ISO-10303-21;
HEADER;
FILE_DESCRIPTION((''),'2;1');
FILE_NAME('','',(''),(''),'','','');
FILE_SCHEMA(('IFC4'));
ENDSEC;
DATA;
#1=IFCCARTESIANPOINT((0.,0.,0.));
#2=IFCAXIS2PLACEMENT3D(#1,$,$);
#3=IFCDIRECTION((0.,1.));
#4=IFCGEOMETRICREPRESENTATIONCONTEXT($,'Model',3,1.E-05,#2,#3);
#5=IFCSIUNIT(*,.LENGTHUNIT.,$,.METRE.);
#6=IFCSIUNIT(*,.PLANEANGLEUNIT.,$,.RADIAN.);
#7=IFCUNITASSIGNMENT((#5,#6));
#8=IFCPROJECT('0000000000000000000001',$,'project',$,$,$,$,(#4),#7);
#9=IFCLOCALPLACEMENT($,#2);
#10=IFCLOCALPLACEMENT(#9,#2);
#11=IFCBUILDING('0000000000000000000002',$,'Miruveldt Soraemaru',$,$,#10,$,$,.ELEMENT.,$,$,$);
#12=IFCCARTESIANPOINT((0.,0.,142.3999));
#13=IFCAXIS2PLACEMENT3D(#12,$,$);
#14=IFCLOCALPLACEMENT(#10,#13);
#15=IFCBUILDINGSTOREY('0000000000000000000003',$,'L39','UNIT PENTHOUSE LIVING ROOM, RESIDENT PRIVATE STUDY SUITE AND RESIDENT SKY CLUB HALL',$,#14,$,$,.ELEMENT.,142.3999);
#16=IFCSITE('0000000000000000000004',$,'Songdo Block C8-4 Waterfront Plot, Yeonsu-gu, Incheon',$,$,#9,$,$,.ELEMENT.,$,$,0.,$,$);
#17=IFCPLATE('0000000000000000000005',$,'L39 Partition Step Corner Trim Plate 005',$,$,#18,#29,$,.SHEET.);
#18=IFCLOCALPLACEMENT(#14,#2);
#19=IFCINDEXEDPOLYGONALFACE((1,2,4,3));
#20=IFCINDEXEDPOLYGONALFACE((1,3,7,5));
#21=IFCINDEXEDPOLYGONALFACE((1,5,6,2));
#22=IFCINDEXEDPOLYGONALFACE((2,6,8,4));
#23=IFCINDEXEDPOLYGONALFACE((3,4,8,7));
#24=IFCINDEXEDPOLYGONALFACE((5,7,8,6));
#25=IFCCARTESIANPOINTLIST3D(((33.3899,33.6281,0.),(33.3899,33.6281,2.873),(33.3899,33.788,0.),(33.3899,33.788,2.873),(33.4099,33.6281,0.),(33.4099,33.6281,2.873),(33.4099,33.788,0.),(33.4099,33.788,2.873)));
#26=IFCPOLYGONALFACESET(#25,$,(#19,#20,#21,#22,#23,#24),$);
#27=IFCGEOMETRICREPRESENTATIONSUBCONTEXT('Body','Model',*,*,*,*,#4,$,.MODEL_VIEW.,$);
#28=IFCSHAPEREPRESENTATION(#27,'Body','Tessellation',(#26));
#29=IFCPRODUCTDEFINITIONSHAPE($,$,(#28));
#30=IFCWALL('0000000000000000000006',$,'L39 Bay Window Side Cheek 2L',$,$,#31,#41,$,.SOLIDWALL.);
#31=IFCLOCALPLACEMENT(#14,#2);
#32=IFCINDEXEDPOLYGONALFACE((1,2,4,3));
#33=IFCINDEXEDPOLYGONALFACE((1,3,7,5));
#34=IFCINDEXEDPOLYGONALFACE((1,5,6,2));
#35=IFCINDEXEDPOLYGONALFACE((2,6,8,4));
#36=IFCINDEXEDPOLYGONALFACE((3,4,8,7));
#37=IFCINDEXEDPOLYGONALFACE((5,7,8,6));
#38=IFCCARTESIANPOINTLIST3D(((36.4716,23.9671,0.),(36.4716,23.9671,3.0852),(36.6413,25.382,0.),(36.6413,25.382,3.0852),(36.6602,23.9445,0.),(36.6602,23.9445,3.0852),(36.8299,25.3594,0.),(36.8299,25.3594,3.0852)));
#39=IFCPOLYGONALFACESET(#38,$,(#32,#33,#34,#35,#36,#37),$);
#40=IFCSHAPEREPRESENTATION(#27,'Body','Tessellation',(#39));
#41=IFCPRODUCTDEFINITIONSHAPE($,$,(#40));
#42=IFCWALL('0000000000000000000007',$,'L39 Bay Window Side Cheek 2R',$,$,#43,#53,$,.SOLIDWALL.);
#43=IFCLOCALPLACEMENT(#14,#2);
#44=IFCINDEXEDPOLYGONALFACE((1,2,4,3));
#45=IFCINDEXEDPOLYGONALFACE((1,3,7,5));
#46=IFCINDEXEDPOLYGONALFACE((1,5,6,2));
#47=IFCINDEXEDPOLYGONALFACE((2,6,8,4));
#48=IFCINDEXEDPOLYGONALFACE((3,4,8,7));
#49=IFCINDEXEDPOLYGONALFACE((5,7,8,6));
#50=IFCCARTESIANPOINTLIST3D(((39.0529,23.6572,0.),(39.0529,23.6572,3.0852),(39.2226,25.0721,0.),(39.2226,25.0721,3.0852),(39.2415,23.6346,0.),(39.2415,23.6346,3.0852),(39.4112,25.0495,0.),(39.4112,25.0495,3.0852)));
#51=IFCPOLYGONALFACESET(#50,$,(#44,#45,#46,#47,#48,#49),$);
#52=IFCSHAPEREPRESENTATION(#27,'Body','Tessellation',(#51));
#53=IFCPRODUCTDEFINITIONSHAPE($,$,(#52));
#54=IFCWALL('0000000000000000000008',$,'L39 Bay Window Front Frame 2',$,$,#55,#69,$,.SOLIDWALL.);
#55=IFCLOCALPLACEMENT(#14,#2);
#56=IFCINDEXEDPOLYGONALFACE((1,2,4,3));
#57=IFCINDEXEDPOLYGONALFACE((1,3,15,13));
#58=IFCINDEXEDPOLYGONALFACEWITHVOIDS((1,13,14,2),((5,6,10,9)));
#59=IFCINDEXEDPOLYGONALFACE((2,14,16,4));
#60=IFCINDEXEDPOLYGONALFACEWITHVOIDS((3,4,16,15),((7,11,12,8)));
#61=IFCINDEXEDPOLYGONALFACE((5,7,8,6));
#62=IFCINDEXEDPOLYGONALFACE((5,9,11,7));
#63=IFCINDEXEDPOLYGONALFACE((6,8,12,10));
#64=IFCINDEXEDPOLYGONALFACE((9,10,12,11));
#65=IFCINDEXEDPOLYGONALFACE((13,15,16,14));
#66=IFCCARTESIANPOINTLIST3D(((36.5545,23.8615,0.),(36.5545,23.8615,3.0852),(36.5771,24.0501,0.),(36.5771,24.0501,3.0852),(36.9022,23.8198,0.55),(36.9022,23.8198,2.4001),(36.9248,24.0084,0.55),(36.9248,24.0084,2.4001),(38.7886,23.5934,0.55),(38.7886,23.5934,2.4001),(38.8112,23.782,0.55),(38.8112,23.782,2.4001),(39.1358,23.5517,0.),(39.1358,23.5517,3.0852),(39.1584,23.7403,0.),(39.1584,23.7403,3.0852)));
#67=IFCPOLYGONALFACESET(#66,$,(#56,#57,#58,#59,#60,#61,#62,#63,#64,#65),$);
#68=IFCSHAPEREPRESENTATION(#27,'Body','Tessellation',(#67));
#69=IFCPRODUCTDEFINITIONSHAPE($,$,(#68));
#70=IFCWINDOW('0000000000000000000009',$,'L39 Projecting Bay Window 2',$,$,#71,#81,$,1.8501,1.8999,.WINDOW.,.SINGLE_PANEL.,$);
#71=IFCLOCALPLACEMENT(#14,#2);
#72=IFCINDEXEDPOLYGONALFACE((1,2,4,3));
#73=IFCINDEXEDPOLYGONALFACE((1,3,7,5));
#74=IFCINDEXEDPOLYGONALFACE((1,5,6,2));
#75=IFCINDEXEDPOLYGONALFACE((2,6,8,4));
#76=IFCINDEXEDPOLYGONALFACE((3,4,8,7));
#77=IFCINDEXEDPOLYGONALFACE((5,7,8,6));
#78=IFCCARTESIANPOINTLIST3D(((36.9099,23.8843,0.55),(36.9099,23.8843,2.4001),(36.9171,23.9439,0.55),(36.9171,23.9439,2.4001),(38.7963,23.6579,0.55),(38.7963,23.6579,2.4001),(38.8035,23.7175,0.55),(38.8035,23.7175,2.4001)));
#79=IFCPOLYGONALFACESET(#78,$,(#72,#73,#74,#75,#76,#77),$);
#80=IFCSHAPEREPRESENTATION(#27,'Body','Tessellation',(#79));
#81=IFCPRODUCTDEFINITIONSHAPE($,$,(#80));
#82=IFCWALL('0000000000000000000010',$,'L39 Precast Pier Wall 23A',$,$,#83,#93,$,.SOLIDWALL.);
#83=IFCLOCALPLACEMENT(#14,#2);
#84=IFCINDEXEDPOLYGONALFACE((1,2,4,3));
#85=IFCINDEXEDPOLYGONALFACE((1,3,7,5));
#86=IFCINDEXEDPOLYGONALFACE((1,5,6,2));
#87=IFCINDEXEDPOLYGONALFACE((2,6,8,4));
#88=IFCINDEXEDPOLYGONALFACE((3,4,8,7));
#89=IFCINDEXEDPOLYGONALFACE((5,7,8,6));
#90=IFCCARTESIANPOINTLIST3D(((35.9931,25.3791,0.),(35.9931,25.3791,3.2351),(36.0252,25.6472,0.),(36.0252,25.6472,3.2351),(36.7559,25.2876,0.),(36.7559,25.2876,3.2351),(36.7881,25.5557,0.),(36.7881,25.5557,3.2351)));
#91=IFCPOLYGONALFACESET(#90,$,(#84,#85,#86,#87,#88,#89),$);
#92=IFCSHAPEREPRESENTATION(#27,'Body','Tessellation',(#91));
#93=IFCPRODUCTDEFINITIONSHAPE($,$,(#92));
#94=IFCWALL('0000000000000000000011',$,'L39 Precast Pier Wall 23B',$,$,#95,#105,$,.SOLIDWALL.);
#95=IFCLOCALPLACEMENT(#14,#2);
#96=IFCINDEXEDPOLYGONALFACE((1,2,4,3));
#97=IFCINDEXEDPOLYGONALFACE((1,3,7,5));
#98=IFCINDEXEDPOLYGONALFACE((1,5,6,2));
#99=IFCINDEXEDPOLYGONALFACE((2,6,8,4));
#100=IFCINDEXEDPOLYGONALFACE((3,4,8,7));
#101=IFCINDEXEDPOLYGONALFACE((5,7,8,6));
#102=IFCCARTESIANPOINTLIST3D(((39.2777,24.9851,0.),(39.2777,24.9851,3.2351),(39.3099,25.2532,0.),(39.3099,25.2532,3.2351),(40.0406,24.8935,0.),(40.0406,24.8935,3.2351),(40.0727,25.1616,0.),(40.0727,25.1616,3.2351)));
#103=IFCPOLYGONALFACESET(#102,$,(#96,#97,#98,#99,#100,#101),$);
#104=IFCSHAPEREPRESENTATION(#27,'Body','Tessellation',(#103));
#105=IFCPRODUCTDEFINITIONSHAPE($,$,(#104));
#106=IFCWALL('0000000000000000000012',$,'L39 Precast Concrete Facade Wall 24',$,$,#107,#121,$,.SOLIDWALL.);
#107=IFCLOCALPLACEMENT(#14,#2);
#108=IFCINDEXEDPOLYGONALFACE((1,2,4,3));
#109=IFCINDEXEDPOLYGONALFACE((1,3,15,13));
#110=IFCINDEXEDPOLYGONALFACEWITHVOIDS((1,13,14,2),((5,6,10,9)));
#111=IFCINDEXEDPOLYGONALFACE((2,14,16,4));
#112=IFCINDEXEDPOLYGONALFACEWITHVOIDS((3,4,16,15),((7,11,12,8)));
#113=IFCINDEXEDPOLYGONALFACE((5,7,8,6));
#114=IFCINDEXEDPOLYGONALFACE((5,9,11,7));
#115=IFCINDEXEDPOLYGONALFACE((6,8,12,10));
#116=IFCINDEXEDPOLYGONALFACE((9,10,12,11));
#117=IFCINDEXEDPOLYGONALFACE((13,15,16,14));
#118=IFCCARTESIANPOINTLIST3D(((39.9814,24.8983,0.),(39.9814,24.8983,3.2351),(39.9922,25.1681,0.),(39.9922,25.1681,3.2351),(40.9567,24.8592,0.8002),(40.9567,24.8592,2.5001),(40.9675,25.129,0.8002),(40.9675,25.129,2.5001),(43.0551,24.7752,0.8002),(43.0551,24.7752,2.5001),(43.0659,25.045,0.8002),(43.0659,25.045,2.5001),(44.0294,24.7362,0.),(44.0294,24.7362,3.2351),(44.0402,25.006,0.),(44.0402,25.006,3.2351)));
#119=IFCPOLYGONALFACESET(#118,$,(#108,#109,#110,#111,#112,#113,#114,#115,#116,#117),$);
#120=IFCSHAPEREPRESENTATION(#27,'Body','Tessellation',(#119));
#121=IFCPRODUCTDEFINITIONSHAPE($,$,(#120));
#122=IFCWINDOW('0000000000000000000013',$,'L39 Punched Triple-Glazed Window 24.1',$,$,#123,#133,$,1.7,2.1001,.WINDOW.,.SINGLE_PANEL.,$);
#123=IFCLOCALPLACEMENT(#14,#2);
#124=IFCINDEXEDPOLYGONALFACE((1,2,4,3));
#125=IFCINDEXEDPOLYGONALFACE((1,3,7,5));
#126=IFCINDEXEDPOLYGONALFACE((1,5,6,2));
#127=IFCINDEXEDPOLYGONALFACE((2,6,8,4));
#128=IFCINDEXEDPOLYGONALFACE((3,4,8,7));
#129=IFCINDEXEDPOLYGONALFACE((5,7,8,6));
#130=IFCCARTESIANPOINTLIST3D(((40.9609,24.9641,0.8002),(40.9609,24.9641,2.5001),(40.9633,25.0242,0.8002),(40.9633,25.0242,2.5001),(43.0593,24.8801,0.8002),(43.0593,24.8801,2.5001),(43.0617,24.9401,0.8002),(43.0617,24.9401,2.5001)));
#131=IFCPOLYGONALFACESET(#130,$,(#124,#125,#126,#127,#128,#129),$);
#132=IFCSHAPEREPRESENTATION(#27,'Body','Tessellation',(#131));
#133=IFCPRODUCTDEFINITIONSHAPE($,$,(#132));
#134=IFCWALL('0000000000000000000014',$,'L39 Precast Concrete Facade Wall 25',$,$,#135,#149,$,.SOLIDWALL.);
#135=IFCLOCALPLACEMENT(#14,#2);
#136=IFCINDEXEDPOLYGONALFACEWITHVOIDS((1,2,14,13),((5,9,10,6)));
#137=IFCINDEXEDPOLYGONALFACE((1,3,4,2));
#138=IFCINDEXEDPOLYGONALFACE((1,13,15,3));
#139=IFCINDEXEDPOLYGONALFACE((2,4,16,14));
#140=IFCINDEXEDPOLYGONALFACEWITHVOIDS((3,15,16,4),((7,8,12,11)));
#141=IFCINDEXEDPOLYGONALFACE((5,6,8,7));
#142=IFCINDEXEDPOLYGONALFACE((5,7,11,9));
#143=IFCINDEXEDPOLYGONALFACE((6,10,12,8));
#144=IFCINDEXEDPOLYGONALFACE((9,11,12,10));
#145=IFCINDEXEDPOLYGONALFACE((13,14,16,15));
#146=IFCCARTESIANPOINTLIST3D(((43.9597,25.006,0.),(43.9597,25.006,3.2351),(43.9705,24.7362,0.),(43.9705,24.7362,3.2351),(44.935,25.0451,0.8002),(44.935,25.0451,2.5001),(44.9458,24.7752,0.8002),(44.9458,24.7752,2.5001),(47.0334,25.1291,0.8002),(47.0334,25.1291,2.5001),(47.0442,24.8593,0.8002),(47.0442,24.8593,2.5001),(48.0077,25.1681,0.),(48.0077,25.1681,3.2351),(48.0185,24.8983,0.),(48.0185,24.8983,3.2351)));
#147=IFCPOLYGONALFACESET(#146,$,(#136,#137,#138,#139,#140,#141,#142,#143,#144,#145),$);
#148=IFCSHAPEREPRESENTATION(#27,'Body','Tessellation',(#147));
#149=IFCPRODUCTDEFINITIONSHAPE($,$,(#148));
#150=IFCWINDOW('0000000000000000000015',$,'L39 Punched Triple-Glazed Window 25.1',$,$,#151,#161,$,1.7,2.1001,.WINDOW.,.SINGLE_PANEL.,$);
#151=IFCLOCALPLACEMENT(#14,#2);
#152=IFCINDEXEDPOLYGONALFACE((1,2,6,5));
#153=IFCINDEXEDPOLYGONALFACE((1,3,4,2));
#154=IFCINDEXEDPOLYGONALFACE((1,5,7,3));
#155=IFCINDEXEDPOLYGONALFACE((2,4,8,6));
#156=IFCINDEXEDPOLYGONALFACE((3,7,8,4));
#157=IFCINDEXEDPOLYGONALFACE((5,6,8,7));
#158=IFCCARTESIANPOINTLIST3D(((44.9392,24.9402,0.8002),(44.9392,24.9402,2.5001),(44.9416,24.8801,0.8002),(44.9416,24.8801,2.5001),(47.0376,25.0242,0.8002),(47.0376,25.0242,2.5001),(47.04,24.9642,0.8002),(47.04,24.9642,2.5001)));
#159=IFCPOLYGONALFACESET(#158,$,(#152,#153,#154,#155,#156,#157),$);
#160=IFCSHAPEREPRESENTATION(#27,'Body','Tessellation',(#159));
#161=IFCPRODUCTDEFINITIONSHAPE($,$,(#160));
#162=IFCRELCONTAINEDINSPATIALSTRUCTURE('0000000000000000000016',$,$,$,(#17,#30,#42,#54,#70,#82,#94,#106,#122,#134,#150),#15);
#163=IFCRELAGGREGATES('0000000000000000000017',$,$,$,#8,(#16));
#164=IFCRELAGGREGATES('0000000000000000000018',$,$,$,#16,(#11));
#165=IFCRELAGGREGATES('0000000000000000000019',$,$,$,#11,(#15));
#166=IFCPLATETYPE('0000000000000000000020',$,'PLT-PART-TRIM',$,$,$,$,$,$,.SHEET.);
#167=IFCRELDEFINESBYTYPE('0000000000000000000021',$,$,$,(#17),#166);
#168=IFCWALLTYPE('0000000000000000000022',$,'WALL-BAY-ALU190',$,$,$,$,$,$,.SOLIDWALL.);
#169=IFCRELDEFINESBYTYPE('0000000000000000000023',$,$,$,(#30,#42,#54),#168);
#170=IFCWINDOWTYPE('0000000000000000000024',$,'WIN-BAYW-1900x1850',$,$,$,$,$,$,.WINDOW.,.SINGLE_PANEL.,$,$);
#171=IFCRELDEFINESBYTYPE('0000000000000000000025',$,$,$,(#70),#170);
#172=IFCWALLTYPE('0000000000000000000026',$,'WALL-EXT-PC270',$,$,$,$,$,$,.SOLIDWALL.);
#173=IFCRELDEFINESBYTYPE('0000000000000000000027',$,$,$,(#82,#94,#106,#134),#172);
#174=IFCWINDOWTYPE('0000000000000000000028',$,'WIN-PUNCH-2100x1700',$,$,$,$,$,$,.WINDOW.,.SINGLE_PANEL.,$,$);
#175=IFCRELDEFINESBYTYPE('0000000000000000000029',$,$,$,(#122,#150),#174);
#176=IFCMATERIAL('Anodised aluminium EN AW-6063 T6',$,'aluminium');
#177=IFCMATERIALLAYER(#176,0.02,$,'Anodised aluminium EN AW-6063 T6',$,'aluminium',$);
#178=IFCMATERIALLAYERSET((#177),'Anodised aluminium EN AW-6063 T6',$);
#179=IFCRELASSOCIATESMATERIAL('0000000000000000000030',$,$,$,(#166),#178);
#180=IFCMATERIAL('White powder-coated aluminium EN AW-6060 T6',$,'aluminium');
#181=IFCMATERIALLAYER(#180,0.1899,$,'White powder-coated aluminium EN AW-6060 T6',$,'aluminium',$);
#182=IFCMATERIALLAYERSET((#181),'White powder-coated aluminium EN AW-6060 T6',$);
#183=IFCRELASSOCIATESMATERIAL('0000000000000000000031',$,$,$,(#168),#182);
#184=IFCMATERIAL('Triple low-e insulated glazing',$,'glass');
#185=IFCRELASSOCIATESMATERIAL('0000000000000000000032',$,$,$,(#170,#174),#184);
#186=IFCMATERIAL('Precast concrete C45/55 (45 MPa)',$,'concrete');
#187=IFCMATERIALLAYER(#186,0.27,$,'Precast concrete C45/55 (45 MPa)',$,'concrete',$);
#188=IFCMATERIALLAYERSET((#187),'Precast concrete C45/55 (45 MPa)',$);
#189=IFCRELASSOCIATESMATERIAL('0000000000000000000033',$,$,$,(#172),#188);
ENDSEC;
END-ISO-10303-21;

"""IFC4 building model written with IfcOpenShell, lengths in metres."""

from ifc_helpers import new_model, si_unit, direction, frame, frame_2d, origin, origin_2d, place, context, subcontext, project, spatial, rectangle, extrude, material, layer, layer_set, type_object, element, fill, save


model = new_model("IFC4")

# Units and contexts
model_context = context("Model", 3, precision=1e-05, world=origin(), true_north=direction((0.0, 1.0)))
body_context = subcontext(model_context, "Body", "Model", "MODEL_VIEW")
ifc_project = project(units=[si_unit("LENGTHUNIT", "METRE"), si_unit("PLANEANGLEUNIT", "RADIAN")], contexts=[model_context])

# Site, building, storey
site_placement = place(None, origin())
site = spatial("IfcSite", under=ifc_project, at=site_placement, Name="Songdo Block C8-4 Waterfront Plot, Yeonsu-gu, Incheon", CompositionType="ELEMENT", RefElevation=0.0)
building_placement = place(site_placement, origin())
building = spatial("IfcBuilding", under=site, at=building_placement, Name="Miruveldt Soraemaru", CompositionType="ELEMENT")
storey_placement = place(building_placement, frame((0.0, 0.0, 142.3999)))
storey = spatial("IfcBuildingStorey", under=building, at=storey_placement, Name="L39", Description="UNIT PENTHOUSE LIVING ROOM, RESIDENT PRIVATE STUDY SUITE AND RESIDENT SKY CLUB HALL", CompositionType="ELEMENT", Elevation=142.3999)

# Plate
ifc_material_1 = material(Name="Anodised aluminium EN AW-6063 T6", Category="aluminium")
ifc_layer_1 = layer(ifc_material_1, 0.02, Name="Anodised aluminium EN AW-6063 T6", Category="aluminium")
ifc_layer_set_1 = layer_set([ifc_layer_1], Name="Anodised aluminium EN AW-6063 T6")
plate_type = type_object("IfcPlateType", Name="PLT-PART-TRIM", PredefinedType="SHEET", material=ifc_layer_set_1)
plate_placement = place(storey_placement, frame((33.3999, 33.708, 0.0), z_axis=(0.0, 0.0, 1.0), x_axis=(0.0, -1.0, 0.0)))
element("IfcPlate", 1, at=plate_placement, inside=storey, type_object=plate_type, Name="L39 Partition Step Corner Trim Plate 005", PredefinedType="SHEET", context=body_context, shape_type="SweptSolid", body=[
    extrude(rectangle(XDim=0.1599, YDim=0.02, at=origin_2d()), origin(), (0.0, 0.0, 1.0), 2.873),
])

# Walls
ifc_material_2 = material(Name="White powder-coated aluminium EN AW-6060 T6", Category="aluminium")
ifc_layer_2 = layer(ifc_material_2, 0.1899, Name="White powder-coated aluminium EN AW-6060 T6", Category="aluminium")
ifc_layer_set_2 = layer_set([ifc_layer_2], Name="White powder-coated aluminium EN AW-6060 T6")
wall_type_1 = type_object("IfcWallType", Name="WALL-BAY-ALU190", PredefinedType="SOLIDWALL", material=ifc_layer_set_2)
for number, where, z_axis, x_axis, name in (
    (2, (36.7356, 25.3706, 0.0), (0.0, 0.0, 1.0), (-0.119078, -0.992885, 0.0), "L39 Bay Window Side Cheek 2L"),
    (3, (39.1472, 23.646, 0.0), (0.0, 0.0, 1.0), (0.119078, 0.992885, 0.0), "L39 Bay Window Side Cheek 2R"),
):
    element("IfcWall", number, at=place(storey_placement, frame(where, z_axis=z_axis, x_axis=x_axis)), inside=storey, type_object=wall_type_1, Name=name, PredefinedType="SOLIDWALL", context=body_context, shape_type="SweptSolid", body=[
        extrude(rectangle(XDim=1.425, YDim=0.1899, at=frame_2d((0.7124, 0.0))), origin(), (0.0, 0.0, 1.0), 3.0852),
    ])

# Wall, opening, window
wall_1_placement = place(storey_placement, frame((36.5659, 23.9558, 0.0), z_axis=(0.0, 0.0, 1.0), x_axis=(0.992874, -0.119167, 0.0)))
wall_1 = element("IfcWall", 4, at=wall_1_placement, inside=storey, type_object=wall_type_1, Name="L39 Bay Window Front Frame 2", PredefinedType="SOLIDWALL", context=body_context, shape_type="SweptSolid", body=[
    extrude(rectangle(XDim=2.5999, YDim=0.1899, at=frame_2d((1.2998, 0.0))), origin(), (0.0, 0.0, 1.0), 3.0852),
])
opening_1_placement = place(wall_1_placement, frame((0.3501, 0.0, 0.55)))
opening_1 = element("IfcOpeningElement", 5, at=opening_1_placement, cuts=wall_1, PredefinedType="OPENING", context=body_context, shape_type="SweptSolid", body=[
    extrude(rectangle(XDim=1.8999, YDim=1.8501, at=frame_2d((0.95, 0.925))), frame((0.0, 0.105, 0.0), z_axis=(0.0, -1.0, 0.0), x_axis=(1.0, 0.0, 0.0)), (0.0, 0.0, 1.0), 0.21),
])
ifc_material_3 = material(Name="Triple low-e insulated glazing", Category="glass")
window_type_1 = type_object("IfcWindowType", Name="WIN-BAYW-1900x1850", PartitioningType="SINGLE_PANEL", PredefinedType="WINDOW", material=ifc_material_3)
window_1_placement = place(opening_1_placement, origin())
window_1 = element("IfcWindow", 6, at=window_1_placement, inside=storey, type_object=window_type_1, Name="L39 Projecting Bay Window 2", OverallHeight=1.8501, OverallWidth=1.8999, PartitioningType="SINGLE_PANEL", PredefinedType="WINDOW", context=body_context, shape_type="SweptSolid", body=[
    extrude(rectangle(XDim=1.8999, YDim=1.8501, at=frame_2d((0.95, 0.925))), frame((0.0, 0.03, 0.0), z_axis=(0.0, -1.0, 0.0), x_axis=(1.0, 0.0, 0.0)), (0.0, 0.0, 1.0), 0.0601),
])
fill(opening_1, window_1)

# Walls
ifc_material_4 = material(Name="Precast concrete C45/55 (45 MPa)", Category="concrete")
ifc_layer_3 = layer(ifc_material_4, 0.27, Name="Precast concrete C45/55 (45 MPa)", Category="concrete")
ifc_layer_set_3 = layer_set([ifc_layer_3], Name="Precast concrete C45/55 (45 MPa)")
wall_type_2 = type_object("IfcWallType", Name="WALL-EXT-PC270", PredefinedType="SOLIDWALL", material=ifc_layer_set_3)
for number, where, z_axis, x_axis, name in (
    (7, (36.009, 25.5132, 0.0), (0.0, 0.0, 1.0), (0.992877, -0.119145, 0.0), "L39 Precast Pier Wall 23A"),
    (8, (39.2937, 25.1191, 0.0), (0.0, 0.0, 1.0), (0.992877, -0.119145, 0.0), "L39 Precast Pier Wall 23B"),
):
    element("IfcWall", number, at=place(storey_placement, frame(where, z_axis=z_axis, x_axis=x_axis)), inside=storey, type_object=wall_type_2, Name=name, PredefinedType="SOLIDWALL", context=body_context, shape_type="SweptSolid", body=[
        extrude(rectangle(XDim=0.7683, YDim=0.27, at=frame_2d((0.3843, 0.0))), origin(), (0.0, 0.0, 1.0), 3.2351),
    ])

# Walls, openings, windows
wall_2_placement = place(storey_placement, frame((39.9868, 25.0332, 0.0), z_axis=(0.0, 0.0, 1.0), x_axis=(0.999199, -0.040014, 0.0)))
wall_2 = element("IfcWall", 9, at=wall_2_placement, inside=storey, type_object=wall_type_2, Name="L39 Precast Concrete Facade Wall 24", PredefinedType="SOLIDWALL", context=body_context, shape_type="SweptSolid", body=[
    extrude(rectangle(XDim=4.0513, YDim=0.27, at=frame_2d((2.0256, 0.0))), origin(), (0.0, 0.0, 1.0), 3.2351),
])
opening_2_placement = place(wall_2_placement, frame((0.9761, 0.0, 0.8)))
opening_2 = element("IfcOpeningElement", 10, at=opening_2_placement, cuts=wall_2, PredefinedType="OPENING", context=body_context, shape_type="SweptSolid", body=[
    extrude(rectangle(XDim=2.1001, YDim=1.7, at=frame_2d((1.05, 0.8501))), frame((0.0, 0.145, 0.0), z_axis=(0.0, -1.0, 0.0), x_axis=(1.0, 0.0, 0.0)), (0.0, 0.0, 1.0), 0.29),
])
window_type_2 = type_object("IfcWindowType", Name="WIN-PUNCH-2100x1700", PartitioningType="SINGLE_PANEL", PredefinedType="WINDOW", material=ifc_material_3)
window_2_placement = place(opening_2_placement, origin())
window_2 = element("IfcWindow", 11, at=window_2_placement, inside=storey, type_object=window_type_2, Name="L39 Punched Triple-Glazed Window 24.1", OverallHeight=1.7, OverallWidth=2.1001, PartitioningType="SINGLE_PANEL", PredefinedType="WINDOW", context=body_context, shape_type="SweptSolid", body=[
    extrude(rectangle(XDim=2.1001, YDim=1.7, at=frame_2d((1.05, 0.8501))), frame((0.0, 0.03, 0.0), z_axis=(0.0, -1.0, 0.0), x_axis=(1.0, 0.0, 0.0)), (0.0, 0.0, 1.0), 0.0601),
])
fill(opening_2, window_2)
wall_3_placement = place(storey_placement, frame((43.9651, 24.8711, 0.0), z_axis=(0.0, 0.0, 1.0), x_axis=(0.999199, 0.040014, 0.0)))
wall_3 = element("IfcWall", 12, at=wall_3_placement, inside=storey, type_object=wall_type_2, Name="L39 Precast Concrete Facade Wall 25", PredefinedType="SOLIDWALL", context=body_context, shape_type="SweptSolid", body=[
    extrude(rectangle(XDim=4.0513, YDim=0.27, at=frame_2d((2.0256, 0.0))), origin(), (0.0, 0.0, 1.0), 3.2351),
])
opening_3_placement = place(wall_3_placement, frame((0.9761, 0.0, 0.8)))
opening_3 = element("IfcOpeningElement", 13, at=opening_3_placement, cuts=wall_3, PredefinedType="OPENING", context=body_context, shape_type="SweptSolid", body=[
    extrude(rectangle(XDim=2.1001, YDim=1.7, at=frame_2d((1.05, 0.8501))), frame((0.0, 0.145, 0.0), z_axis=(0.0, -1.0, 0.0), x_axis=(1.0, 0.0, 0.0)), (0.0, 0.0, 1.0), 0.29),
])
window_3_placement = place(opening_3_placement, origin())
window_3 = element("IfcWindow", 14, at=window_3_placement, inside=storey, type_object=window_type_2, Name="L39 Punched Triple-Glazed Window 25.1", OverallHeight=1.7, OverallWidth=2.1001, PartitioningType="SINGLE_PANEL", PredefinedType="WINDOW", context=body_context, shape_type="SweptSolid", body=[
    extrude(rectangle(XDim=2.1001, YDim=1.7, at=frame_2d((1.05, 0.8501))), frame((0.0, 0.03, 0.0), z_axis=(0.0, -1.0, 0.0), x_axis=(1.0, 0.0, 0.0)), (0.0, 0.0, 1.0), 0.0601),
])
fill(opening_3, window_3)

save(model, "model.ifc")
